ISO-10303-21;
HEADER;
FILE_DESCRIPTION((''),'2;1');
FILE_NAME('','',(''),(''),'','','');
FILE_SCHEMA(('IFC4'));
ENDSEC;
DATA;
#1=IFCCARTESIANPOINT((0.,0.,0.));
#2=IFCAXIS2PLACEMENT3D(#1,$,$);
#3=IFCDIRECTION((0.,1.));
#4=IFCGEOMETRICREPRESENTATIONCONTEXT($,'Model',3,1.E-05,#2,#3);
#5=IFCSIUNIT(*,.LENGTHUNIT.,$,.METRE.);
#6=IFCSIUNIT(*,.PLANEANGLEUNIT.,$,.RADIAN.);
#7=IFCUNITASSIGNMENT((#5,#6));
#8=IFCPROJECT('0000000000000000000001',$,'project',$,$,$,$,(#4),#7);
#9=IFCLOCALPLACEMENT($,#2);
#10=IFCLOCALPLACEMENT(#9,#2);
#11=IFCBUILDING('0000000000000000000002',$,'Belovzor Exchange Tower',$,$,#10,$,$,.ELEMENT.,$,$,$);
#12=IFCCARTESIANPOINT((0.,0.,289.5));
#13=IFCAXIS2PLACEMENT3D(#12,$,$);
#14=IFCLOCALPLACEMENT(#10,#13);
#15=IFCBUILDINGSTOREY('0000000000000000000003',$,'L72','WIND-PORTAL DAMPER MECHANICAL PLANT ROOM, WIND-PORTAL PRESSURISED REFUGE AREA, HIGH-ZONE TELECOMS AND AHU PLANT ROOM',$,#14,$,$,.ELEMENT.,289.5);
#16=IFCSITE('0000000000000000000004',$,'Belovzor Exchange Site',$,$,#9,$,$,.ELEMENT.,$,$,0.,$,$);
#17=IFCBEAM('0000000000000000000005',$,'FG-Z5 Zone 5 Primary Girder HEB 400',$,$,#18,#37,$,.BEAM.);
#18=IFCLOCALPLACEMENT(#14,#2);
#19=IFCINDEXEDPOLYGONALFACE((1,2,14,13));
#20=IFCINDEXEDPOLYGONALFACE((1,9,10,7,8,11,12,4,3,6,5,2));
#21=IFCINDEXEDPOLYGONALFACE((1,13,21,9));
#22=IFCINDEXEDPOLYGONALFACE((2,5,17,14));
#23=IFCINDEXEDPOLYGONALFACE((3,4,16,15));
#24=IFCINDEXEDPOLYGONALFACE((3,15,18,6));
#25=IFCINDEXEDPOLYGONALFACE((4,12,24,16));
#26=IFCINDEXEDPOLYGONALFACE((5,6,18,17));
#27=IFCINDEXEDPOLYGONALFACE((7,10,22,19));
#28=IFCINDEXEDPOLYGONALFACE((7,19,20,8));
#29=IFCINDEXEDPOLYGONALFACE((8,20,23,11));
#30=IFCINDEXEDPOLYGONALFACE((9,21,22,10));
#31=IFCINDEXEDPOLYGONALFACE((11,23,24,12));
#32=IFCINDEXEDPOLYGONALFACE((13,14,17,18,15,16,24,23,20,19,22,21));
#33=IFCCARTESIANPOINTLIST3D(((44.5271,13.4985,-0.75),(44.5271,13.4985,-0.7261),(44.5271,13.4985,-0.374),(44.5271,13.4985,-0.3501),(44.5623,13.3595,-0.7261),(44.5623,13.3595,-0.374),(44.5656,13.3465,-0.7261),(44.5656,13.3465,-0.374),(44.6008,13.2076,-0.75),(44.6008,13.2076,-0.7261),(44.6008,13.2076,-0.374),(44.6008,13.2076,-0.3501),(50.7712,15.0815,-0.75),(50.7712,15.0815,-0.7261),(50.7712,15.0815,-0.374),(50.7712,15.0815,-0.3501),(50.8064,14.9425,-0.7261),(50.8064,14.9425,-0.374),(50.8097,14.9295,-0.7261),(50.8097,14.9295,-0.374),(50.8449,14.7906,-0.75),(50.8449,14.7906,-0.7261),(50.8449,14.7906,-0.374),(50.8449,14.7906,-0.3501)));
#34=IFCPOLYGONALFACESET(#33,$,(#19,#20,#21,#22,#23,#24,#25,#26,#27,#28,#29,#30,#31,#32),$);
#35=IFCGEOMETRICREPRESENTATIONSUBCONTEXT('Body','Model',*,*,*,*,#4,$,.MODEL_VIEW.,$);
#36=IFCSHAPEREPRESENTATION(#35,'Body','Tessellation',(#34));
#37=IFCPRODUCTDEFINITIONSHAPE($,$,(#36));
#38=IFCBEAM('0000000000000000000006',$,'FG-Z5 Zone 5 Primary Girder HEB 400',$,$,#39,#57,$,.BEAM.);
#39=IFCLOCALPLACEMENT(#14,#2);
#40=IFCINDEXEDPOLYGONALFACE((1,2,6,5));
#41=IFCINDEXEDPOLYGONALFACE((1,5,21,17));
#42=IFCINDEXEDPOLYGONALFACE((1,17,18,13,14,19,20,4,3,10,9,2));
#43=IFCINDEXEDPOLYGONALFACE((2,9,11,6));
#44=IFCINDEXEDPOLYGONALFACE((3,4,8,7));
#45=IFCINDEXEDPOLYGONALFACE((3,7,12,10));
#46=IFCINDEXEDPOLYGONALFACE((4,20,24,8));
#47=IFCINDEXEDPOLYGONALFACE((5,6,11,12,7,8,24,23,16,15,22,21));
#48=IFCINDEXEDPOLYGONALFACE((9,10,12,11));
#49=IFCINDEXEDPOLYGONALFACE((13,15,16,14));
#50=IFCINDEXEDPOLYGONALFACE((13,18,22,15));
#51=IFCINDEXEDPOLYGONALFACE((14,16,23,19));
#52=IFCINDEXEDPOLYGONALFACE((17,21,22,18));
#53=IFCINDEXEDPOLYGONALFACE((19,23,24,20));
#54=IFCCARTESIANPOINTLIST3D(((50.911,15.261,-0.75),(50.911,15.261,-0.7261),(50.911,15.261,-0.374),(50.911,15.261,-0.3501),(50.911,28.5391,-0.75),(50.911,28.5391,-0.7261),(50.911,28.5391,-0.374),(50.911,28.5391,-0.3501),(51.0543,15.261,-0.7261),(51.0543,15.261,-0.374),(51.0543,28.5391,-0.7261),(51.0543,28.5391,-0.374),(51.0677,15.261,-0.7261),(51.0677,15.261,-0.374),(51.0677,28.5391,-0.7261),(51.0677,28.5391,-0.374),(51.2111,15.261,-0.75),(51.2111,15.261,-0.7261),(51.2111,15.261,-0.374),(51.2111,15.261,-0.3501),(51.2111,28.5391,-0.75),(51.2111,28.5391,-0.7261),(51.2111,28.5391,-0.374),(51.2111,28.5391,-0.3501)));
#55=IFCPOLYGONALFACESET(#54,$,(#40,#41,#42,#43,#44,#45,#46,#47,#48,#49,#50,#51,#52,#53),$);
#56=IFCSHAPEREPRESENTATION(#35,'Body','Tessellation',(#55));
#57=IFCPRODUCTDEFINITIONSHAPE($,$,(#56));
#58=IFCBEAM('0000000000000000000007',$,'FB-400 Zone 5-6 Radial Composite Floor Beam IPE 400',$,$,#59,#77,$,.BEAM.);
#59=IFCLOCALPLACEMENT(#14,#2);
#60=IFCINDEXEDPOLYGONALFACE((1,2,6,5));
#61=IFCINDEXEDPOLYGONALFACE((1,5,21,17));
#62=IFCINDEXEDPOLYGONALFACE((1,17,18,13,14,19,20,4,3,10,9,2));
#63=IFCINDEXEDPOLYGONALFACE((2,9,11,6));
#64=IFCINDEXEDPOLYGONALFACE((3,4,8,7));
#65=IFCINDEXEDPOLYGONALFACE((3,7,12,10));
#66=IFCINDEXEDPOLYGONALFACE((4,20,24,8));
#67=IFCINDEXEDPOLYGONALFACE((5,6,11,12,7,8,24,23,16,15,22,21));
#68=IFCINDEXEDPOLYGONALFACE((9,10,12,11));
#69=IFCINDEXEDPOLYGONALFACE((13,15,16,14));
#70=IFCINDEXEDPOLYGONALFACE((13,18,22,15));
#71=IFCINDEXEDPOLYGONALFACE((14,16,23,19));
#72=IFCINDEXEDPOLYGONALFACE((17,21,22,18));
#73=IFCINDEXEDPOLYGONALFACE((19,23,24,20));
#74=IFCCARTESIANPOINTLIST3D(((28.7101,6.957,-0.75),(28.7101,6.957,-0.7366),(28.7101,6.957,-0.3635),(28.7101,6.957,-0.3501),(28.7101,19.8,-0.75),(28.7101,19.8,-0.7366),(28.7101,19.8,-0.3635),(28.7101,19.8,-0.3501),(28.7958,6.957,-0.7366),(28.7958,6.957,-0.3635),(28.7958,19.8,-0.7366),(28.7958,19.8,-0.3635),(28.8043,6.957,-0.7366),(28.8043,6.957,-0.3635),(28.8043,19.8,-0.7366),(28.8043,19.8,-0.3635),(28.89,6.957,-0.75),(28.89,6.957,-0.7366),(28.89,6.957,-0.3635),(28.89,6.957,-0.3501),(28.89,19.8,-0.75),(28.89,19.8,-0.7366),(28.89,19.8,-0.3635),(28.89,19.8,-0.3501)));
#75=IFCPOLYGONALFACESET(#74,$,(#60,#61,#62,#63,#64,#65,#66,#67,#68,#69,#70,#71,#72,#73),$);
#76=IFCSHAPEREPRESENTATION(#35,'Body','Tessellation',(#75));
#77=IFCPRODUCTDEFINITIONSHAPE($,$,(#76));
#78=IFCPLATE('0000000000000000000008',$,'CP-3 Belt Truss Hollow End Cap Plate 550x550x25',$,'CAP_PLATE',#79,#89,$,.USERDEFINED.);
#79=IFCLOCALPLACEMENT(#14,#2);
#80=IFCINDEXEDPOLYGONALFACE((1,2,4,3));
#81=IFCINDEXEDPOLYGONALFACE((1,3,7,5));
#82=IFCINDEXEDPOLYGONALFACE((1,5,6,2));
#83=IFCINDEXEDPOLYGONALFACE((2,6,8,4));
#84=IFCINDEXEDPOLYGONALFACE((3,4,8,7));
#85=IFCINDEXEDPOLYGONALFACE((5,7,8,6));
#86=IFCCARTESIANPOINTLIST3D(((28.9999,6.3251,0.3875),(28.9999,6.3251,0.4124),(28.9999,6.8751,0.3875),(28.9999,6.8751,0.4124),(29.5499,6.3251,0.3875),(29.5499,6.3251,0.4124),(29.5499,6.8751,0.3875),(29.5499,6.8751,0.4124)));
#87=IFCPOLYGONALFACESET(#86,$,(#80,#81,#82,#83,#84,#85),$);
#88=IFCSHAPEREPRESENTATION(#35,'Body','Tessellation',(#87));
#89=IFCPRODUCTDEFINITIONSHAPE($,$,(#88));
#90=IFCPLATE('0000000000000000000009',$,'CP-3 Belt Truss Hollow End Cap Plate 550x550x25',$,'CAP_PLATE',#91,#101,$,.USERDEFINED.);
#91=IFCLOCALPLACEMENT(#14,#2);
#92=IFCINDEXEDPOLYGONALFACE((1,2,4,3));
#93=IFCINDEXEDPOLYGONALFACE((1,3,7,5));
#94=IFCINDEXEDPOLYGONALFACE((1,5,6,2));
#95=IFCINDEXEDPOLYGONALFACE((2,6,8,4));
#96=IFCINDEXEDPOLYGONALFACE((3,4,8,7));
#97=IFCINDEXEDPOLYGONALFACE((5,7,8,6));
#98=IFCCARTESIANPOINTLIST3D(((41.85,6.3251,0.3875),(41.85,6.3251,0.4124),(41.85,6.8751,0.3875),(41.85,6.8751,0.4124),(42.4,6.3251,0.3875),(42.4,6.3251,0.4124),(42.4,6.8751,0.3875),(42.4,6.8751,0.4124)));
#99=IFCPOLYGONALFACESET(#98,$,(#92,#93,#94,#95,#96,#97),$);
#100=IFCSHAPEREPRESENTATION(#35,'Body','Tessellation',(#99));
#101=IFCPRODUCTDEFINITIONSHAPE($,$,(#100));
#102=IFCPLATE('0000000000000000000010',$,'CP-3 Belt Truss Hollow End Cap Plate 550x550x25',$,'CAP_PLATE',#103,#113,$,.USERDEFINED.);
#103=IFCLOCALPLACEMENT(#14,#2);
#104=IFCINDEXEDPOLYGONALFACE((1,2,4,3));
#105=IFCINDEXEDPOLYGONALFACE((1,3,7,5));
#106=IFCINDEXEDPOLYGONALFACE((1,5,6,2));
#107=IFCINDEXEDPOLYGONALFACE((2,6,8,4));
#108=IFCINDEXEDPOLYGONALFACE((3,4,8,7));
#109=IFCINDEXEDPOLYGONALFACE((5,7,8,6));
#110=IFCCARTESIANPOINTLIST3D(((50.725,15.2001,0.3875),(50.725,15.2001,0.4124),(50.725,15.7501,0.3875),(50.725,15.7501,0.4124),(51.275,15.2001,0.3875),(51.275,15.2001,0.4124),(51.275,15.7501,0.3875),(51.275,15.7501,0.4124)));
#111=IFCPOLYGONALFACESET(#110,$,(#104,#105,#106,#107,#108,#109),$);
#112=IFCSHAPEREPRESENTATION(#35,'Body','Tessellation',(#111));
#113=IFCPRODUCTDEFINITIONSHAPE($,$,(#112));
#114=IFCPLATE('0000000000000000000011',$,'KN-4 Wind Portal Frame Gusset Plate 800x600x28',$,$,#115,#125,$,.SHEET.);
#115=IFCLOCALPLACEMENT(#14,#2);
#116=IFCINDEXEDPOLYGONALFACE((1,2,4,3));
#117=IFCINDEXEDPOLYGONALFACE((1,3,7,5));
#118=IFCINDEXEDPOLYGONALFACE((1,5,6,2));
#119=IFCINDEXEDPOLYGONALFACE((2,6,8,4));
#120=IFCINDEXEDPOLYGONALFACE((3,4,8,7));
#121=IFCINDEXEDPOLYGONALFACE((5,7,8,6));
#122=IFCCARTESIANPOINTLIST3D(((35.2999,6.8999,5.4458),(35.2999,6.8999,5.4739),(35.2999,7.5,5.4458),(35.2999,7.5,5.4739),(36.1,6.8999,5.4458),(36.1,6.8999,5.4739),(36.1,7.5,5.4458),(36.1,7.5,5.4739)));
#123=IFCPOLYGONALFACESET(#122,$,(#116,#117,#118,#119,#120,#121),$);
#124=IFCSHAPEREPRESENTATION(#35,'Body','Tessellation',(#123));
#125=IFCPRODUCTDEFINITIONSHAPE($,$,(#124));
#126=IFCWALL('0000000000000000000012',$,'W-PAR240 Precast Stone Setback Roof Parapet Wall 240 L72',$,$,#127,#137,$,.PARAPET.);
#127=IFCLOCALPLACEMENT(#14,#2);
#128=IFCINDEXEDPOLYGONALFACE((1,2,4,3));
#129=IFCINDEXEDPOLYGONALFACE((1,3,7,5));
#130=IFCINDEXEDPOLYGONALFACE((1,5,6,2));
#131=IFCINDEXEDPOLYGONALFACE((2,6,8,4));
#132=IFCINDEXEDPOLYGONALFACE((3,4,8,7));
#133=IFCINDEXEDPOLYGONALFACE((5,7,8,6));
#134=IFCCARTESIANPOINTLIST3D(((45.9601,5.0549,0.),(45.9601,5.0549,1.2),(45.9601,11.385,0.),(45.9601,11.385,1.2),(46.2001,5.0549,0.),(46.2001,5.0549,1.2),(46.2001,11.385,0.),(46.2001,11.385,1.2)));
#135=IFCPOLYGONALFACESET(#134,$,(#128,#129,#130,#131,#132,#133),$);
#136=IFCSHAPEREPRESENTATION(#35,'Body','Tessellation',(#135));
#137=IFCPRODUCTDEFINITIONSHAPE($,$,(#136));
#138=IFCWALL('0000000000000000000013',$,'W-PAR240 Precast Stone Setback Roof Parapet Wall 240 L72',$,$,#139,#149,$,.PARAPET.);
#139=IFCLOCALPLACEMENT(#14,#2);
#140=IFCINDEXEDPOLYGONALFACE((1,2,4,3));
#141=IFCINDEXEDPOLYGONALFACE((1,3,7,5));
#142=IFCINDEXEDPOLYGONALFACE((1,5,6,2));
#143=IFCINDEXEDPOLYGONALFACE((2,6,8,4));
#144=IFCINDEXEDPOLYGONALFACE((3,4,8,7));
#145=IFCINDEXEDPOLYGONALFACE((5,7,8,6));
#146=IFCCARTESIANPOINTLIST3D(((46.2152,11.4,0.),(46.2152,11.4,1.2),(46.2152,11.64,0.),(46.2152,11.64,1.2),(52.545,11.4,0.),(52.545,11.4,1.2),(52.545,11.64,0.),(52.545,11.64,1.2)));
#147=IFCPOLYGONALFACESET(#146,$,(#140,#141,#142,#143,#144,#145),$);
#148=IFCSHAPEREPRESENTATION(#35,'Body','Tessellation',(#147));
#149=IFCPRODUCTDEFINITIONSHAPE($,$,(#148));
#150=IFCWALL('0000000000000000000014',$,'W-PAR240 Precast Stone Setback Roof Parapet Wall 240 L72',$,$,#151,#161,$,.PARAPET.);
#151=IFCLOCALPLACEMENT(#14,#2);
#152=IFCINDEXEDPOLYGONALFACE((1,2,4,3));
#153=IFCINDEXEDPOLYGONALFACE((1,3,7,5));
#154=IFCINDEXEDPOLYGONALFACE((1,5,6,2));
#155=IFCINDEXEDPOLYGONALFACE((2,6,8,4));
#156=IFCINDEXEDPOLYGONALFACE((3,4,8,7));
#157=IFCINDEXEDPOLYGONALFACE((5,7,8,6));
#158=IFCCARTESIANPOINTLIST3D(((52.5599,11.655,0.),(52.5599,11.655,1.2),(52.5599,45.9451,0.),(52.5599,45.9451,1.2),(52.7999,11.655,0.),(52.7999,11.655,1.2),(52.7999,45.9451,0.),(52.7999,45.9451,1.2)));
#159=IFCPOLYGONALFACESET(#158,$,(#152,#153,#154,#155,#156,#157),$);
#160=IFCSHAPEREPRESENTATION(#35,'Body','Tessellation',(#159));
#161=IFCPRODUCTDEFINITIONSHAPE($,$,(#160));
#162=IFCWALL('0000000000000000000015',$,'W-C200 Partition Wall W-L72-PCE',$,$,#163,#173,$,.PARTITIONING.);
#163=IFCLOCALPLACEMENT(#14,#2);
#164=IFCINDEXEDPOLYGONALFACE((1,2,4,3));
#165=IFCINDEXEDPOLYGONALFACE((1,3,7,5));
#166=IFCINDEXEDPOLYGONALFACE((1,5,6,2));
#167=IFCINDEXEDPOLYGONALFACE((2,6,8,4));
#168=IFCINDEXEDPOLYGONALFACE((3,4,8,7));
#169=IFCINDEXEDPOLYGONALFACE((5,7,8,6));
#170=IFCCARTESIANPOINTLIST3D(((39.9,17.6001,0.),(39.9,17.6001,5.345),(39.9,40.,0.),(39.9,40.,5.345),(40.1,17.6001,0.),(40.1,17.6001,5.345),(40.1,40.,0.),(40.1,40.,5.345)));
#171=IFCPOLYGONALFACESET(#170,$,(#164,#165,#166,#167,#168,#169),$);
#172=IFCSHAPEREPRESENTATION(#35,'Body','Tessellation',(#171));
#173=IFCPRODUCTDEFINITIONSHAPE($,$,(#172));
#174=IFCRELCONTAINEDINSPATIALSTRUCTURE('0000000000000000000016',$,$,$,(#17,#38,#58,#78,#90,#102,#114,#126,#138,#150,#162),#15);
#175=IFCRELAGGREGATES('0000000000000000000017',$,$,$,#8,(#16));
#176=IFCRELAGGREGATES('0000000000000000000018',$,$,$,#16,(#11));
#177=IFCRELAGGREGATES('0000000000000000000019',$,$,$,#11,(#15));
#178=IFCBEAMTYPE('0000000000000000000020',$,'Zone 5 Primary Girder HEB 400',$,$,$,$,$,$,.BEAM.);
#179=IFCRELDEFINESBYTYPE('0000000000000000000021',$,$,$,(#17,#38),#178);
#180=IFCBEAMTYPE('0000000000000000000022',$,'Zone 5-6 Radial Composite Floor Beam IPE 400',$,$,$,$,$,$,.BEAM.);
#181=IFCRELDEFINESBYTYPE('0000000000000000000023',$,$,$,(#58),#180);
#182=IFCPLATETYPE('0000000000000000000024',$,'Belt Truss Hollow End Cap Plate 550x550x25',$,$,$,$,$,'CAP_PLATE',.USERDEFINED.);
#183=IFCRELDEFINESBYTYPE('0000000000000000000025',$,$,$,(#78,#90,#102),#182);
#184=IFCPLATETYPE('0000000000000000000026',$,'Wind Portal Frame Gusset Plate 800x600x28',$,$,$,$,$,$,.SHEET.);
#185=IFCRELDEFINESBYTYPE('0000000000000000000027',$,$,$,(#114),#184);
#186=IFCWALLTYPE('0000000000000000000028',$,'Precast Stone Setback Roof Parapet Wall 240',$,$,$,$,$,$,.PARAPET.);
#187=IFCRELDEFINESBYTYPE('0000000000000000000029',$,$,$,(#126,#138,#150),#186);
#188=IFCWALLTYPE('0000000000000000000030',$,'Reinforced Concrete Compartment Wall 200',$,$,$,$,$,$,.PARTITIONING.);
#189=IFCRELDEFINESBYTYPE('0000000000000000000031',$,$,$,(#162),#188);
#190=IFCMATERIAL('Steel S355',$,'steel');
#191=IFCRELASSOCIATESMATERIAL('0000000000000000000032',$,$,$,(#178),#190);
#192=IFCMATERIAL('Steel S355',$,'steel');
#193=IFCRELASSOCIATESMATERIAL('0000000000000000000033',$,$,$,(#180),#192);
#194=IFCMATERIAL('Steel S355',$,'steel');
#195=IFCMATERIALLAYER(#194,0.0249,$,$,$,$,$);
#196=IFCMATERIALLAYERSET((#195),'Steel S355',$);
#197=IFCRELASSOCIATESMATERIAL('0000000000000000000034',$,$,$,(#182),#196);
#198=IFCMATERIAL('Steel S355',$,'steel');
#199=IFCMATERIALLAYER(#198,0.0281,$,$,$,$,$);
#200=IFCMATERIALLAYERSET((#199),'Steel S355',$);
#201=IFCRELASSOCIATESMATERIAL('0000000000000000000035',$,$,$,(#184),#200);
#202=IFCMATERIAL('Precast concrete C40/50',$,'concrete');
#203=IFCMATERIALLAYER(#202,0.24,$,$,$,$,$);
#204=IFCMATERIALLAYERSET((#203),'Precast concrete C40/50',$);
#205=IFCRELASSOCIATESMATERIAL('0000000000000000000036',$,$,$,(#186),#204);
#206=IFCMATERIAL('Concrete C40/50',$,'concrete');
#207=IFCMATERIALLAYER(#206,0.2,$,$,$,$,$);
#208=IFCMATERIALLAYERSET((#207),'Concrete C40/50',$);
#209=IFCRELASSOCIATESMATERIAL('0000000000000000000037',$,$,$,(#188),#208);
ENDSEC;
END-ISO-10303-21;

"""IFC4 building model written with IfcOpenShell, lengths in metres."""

from ifc_helpers import new_model, si_unit, direction, frame, frame_2d, origin, origin_2d, place, context, subcontext, project, spatial, rectangle, i_section, extrude, material, layer, layer_set, material_profile, profile_set, type_object, element, save


model = new_model("IFC4")

# Units and contexts
model_context = context("Model", 3, precision=1e-05, world=origin(), true_north=direction((0.0, 1.0)))
body_context = subcontext(model_context, "Body", "Model", "MODEL_VIEW")
ifc_project = project(units=[si_unit("LENGTHUNIT", "METRE"), si_unit("PLANEANGLEUNIT", "RADIAN")], contexts=[model_context])

# Site, building, storey
site_placement = place(None, origin())
site = spatial("IfcSite", under=ifc_project, at=site_placement, Name="Belovzor Exchange Site", CompositionType="ELEMENT", RefElevation=0.0)
building_placement = place(site_placement, origin())
building = spatial("IfcBuilding", under=site, at=building_placement, Name="Belovzor Exchange Tower", CompositionType="ELEMENT")
storey_placement = place(building_placement, frame((0.0, 0.0, 289.5)))
storey = spatial("IfcBuildingStorey", under=building, at=storey_placement, Name="L72", Description="WIND-PORTAL DAMPER MECHANICAL PLANT ROOM, WIND-PORTAL PRESSURISED REFUGE AREA, HIGH-ZONE TELECOMS AND AHU PLANT ROOM", CompositionType="ELEMENT", Elevation=289.5)

# Beams
ifc_material_1 = material(Name="Steel S355", Category="steel")
ifc_material_profile_1 = material_profile(ifc_material_1, i_section(OverallWidth=0.3, OverallDepth=0.3999, WebThickness=0.0134, FlangeThickness=0.0239, at=origin_2d()))
ifc_profile_set_1 = profile_set([ifc_material_profile_1], Name="Steel S355")
beam_type_1 = type_object("IfcBeamType", Name="Zone 5 Primary Girder HEB 400", PredefinedType="BEAM", material=ifc_profile_set_1)
beam_1_placement = place(storey_placement, frame((44.564, 13.353, -0.55), z_axis=(0.969335, 0.245745, 0.0), x_axis=(-0.245745, 0.969335, 0.0)))
element("IfcBeam", 1, at=beam_1_placement, inside=storey, type_object=beam_type_1, Name="FG-Z5 Zone 5 Primary Girder HEB 400", PredefinedType="BEAM", context=body_context, shape_type="SweptSolid", body=[
    extrude(i_section(OverallWidth=0.3, OverallDepth=0.3999, WebThickness=0.0134, FlangeThickness=0.0239, at=origin_2d()), origin(), (0.0, 0.0, 1.0), 6.4417),
])
beam_2_placement = place(storey_placement, frame((51.061, 15.261, -0.55), z_axis=(0.0, 1.0, 0.0), x_axis=(-1.0, 0.0, 0.0)))
element("IfcBeam", 2, at=beam_2_placement, inside=storey, type_object=beam_type_1, Name="FG-Z5 Zone 5 Primary Girder HEB 400", PredefinedType="BEAM", context=body_context, shape_type="SweptSolid", body=[
    extrude(i_section(OverallWidth=0.3, OverallDepth=0.3999, WebThickness=0.0134, FlangeThickness=0.0239, at=origin_2d()), origin(), (0.0, 0.0, 1.0), 13.2781),
])
ifc_material_2 = material(Name="Steel S355", Category="steel")
ifc_material_profile_2 = material_profile(ifc_material_2, i_section(OverallWidth=0.1799, OverallDepth=0.3999, WebThickness=0.0085, FlangeThickness=0.0134, at=origin_2d()))
ifc_profile_set_2 = profile_set([ifc_material_profile_2], Name="Steel S355")
beam_type_2 = type_object("IfcBeamType", Name="Zone 5-6 Radial Composite Floor Beam IPE 400", PredefinedType="BEAM", material=ifc_profile_set_2)
beam_3_placement = place(storey_placement, frame((28.8, 19.8, -0.55), z_axis=(0.0, -1.0, 0.0), x_axis=(1.0, 0.0, 0.0)))
element("IfcBeam", 3, at=beam_3_placement, inside=storey, type_object=beam_type_2, Name="FB-400 Zone 5-6 Radial Composite Floor Beam IPE 400", PredefinedType="BEAM", context=body_context, shape_type="SweptSolid", body=[
    extrude(i_section(OverallWidth=0.1799, OverallDepth=0.3999, WebThickness=0.0085, FlangeThickness=0.0134, at=origin_2d()), origin(), (0.0, 0.0, 1.0), 12.843),
])

# Plates
ifc_material_3 = material(Name="Steel S355", Category="steel")
ifc_layer_1 = layer(ifc_material_3, 0.0249)
ifc_layer_set_1 = layer_set([ifc_layer_1], Name="Steel S355")
plate_type_1 = type_object("IfcPlateType", Name="Belt Truss Hollow End Cap Plate 550x550x25", ElementType="CAP_PLATE", PredefinedType="USERDEFINED", material=ifc_layer_set_1)
for number, where, z_axis, x_axis, name in (
    (4, (29.2749, 6.6001, 0.3875), (0.0, 0.0, 1.0), (1.0, 0.0, 0.0), "CP-3 Belt Truss Hollow End Cap Plate 550x550x25"),
    (5, (42.125, 6.6001, 0.3875), (0.0, 0.0, 1.0), (1.0, 0.0, 0.0), "CP-3 Belt Truss Hollow End Cap Plate 550x550x25"),
    (6, (51.0, 15.4751, 0.3875), (0.0, 0.0, 1.0), (0.0, 1.0, 0.0), "CP-3 Belt Truss Hollow End Cap Plate 550x550x25"),
):
    element("IfcPlate", number, at=place(storey_placement, frame(where, z_axis=z_axis, x_axis=x_axis)), inside=storey, type_object=plate_type_1, Name=name, ObjectType="CAP_PLATE", PredefinedType="USERDEFINED", context=body_context, shape_type="SweptSolid", body=[
        extrude(rectangle(XDim=0.55, YDim=0.55, at=origin_2d()), origin(), (0.0, 0.0, 1.0), 0.0249),
    ])
ifc_material_4 = material(Name="Steel S355", Category="steel")
ifc_layer_2 = layer(ifc_material_4, 0.0281)
ifc_layer_set_2 = layer_set([ifc_layer_2], Name="Steel S355")
plate_type_2 = type_object("IfcPlateType", Name="Wind Portal Frame Gusset Plate 800x600x28", PredefinedType="SHEET", material=ifc_layer_set_2)
plate_placement = place(storey_placement, frame((35.7, 7.2, 5.4458), z_axis=(0.0, 0.0, 1.0), x_axis=(1.0, 0.0, 0.0)))
element("IfcPlate", 7, at=plate_placement, inside=storey, type_object=plate_type_2, Name="KN-4 Wind Portal Frame Gusset Plate 800x600x28", PredefinedType="SHEET", context=body_context, shape_type="SweptSolid", body=[
    extrude(rectangle(XDim=0.8, YDim=0.6001, at=origin_2d()), origin(), (0.0, 0.0, 1.0), 0.0281),
])

# Walls
ifc_material_5 = material(Name="Precast concrete C40/50", Category="concrete")
ifc_layer_3 = layer(ifc_material_5, 0.24)
ifc_layer_set_3 = layer_set([ifc_layer_3], Name="Precast concrete C40/50")
wall_type_1 = type_object("IfcWallType", Name="Precast Stone Setback Roof Parapet Wall 240", PredefinedType="PARAPET", material=ifc_layer_set_3)
wall_1_placement = place(storey_placement, frame((46.0801, 5.0549, 0.0), z_axis=(0.0, 0.0, 1.0), x_axis=(0.0, 1.0, 0.0)))
element("IfcWall", 8, at=wall_1_placement, inside=storey, type_object=wall_type_1, Name="W-PAR240 Precast Stone Setback Roof Parapet Wall 240 L72", PredefinedType="PARAPET", context=body_context, shape_type="SweptSolid", body=[
    extrude(rectangle(XDim=6.3301, YDim=0.24, at=frame_2d((3.165, 0.0))), origin(), (0.0, 0.0, 1.0), 1.2),
])
wall_2_placement = place(storey_placement, frame((46.2151, 11.52, 0.0), z_axis=(0.0, 0.0, 1.0), x_axis=(1.0, 0.0, 0.0)))
element("IfcWall", 9, at=wall_2_placement, inside=storey, type_object=wall_type_1, Name="W-PAR240 Precast Stone Setback Roof Parapet Wall 240 L72", PredefinedType="PARAPET", context=body_context, shape_type="SweptSolid", body=[
    extrude(rectangle(XDim=6.3298, YDim=0.24, at=frame_2d((3.165, 0.0))), origin(), (0.0, 0.0, 1.0), 1.2),
])
wall_3_placement = place(storey_placement, frame((52.6799, 11.655, 0.0), z_axis=(0.0, 0.0, 1.0), x_axis=(0.0, 1.0, 0.0)))
element("IfcWall", 10, at=wall_3_placement, inside=storey, type_object=wall_type_1, Name="W-PAR240 Precast Stone Setback Roof Parapet Wall 240 L72", PredefinedType="PARAPET", context=body_context, shape_type="SweptSolid", body=[
    extrude(rectangle(XDim=34.29, YDim=0.24, at=frame_2d((17.145, 0.0))), origin(), (0.0, 0.0, 1.0), 1.2),
])
ifc_material_6 = material(Name="Concrete C40/50", Category="concrete")
ifc_layer_4 = layer(ifc_material_6, 0.2)
ifc_layer_set_4 = layer_set([ifc_layer_4], Name="Concrete C40/50")
wall_type_2 = type_object("IfcWallType", Name="Reinforced Concrete Compartment Wall 200", PredefinedType="PARTITIONING", material=ifc_layer_set_4)
wall_4_placement = place(storey_placement, frame((40.0, 17.6001, 0.0), z_axis=(0.0, 0.0, 1.0), x_axis=(0.0, 1.0, 0.0)))
element("IfcWall", 11, at=wall_4_placement, inside=storey, type_object=wall_type_2, Name="W-C200 Partition Wall W-L72-PCE", PredefinedType="PARTITIONING", context=body_context, shape_type="SweptSolid", body=[
    extrude(rectangle(XDim=22.3999, YDim=0.2, at=frame_2d((11.2, 0.0))), origin(), (0.0, 0.0, 1.0), 5.345),
])

save(model, "model.ifc")
